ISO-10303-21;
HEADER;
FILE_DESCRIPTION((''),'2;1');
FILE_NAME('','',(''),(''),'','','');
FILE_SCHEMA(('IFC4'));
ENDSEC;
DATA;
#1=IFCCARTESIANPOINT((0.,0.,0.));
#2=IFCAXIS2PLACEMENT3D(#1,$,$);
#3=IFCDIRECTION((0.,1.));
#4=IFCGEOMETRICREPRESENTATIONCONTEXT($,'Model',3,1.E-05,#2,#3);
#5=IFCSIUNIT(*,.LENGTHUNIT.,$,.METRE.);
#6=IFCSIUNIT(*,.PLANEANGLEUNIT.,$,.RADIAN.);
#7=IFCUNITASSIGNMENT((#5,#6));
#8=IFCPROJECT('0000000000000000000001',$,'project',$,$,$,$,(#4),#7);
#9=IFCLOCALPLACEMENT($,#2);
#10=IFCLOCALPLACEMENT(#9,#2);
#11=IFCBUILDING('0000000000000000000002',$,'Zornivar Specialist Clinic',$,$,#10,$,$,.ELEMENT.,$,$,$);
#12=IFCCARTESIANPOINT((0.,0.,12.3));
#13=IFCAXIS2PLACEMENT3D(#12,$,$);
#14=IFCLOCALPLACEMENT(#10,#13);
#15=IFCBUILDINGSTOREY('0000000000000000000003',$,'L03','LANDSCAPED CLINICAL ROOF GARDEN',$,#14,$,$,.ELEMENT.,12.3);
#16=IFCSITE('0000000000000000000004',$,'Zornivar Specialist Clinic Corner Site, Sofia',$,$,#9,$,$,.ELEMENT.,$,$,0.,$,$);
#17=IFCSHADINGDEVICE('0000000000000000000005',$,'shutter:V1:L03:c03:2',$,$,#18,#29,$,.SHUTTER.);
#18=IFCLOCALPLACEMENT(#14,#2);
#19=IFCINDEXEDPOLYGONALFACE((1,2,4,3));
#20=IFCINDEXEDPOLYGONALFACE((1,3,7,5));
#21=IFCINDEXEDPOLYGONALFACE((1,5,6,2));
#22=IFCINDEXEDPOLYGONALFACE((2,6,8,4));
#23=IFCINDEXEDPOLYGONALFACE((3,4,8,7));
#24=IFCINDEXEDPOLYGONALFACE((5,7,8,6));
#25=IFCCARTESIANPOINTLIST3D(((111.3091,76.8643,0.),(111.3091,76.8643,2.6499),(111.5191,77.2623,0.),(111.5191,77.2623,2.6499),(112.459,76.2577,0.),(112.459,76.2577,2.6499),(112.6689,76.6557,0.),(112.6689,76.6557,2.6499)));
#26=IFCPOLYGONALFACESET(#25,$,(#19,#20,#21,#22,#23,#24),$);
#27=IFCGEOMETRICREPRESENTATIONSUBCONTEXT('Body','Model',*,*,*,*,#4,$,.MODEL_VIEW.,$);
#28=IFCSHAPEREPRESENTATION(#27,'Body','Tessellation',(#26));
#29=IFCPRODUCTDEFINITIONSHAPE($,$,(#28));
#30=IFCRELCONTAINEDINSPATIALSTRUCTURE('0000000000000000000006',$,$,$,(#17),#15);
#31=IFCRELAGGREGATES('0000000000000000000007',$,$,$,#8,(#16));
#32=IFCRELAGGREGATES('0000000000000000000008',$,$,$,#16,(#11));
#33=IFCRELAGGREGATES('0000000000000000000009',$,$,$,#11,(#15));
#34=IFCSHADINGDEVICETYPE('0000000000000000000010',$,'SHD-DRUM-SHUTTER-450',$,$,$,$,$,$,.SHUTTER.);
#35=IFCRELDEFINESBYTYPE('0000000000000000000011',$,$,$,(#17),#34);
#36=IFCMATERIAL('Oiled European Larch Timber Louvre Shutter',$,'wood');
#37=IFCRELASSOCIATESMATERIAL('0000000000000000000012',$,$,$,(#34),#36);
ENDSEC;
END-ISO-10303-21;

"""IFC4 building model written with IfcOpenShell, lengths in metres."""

from ifc_helpers import new_model, si_unit, direction, frame, origin, origin_2d, place, context, subcontext, project, spatial, rectangle, extrude, material, type_object, element, save


model = new_model("IFC4")

# Units and contexts
model_context = context("Model", 3, precision=1e-05, world=origin(), true_north=direction((0.0, 1.0)))
body_context = subcontext(model_context, "Body", "Model", "MODEL_VIEW")
ifc_project = project(units=[si_unit("LENGTHUNIT", "METRE"), si_unit("PLANEANGLEUNIT", "RADIAN")], contexts=[model_context])

# Site, building, storey
site_placement = place(None, origin())
site = spatial("IfcSite", under=ifc_project, at=site_placement, Name="Zornivar Specialist Clinic Corner Site, Sofia", CompositionType="ELEMENT", RefElevation=0.0)
building_placement = place(site_placement, origin())
building = spatial("IfcBuilding", under=site, at=building_placement, Name="Zornivar Specialist Clinic", CompositionType="ELEMENT")
storey_placement = place(building_placement, frame((0.0, 0.0, 12.3)))
storey = spatial("IfcBuildingStorey", under=building, at=storey_placement, Name="L03", Description="LANDSCAPED CLINICAL ROOF GARDEN", CompositionType="ELEMENT", Elevation=12.3)

# Shading device
ifc_material_1 = material(Name="Oiled European Larch Timber Louvre Shutter", Category="wood")
shading_device_type = type_object("IfcShadingDeviceType", Name="SHD-DRUM-SHUTTER-450", PredefinedType="SHUTTER", material=ifc_material_1)
for number, where, z_axis, x_axis, name in (
    (1, (111.989, 76.76, 0.0), (0.0, 0.0, 1.0), (-0.88447, 0.466597, 0.0), "shutter:V1:L03:c03:2"),
):
    element("IfcShadingDevice", number, at=place(storey_placement, frame(where, z_axis=z_axis, x_axis=x_axis)), inside=storey, type_object=shading_device_type, Name=name, PredefinedType="SHUTTER", context=body_context, shape_type="SweptSolid", body=[
        extrude(rectangle(XDim=1.3, YDim=0.45, at=origin_2d()), origin(), (0.0, 0.0, 1.0), 2.6499),
    ])

save(model, "model.ifc")
